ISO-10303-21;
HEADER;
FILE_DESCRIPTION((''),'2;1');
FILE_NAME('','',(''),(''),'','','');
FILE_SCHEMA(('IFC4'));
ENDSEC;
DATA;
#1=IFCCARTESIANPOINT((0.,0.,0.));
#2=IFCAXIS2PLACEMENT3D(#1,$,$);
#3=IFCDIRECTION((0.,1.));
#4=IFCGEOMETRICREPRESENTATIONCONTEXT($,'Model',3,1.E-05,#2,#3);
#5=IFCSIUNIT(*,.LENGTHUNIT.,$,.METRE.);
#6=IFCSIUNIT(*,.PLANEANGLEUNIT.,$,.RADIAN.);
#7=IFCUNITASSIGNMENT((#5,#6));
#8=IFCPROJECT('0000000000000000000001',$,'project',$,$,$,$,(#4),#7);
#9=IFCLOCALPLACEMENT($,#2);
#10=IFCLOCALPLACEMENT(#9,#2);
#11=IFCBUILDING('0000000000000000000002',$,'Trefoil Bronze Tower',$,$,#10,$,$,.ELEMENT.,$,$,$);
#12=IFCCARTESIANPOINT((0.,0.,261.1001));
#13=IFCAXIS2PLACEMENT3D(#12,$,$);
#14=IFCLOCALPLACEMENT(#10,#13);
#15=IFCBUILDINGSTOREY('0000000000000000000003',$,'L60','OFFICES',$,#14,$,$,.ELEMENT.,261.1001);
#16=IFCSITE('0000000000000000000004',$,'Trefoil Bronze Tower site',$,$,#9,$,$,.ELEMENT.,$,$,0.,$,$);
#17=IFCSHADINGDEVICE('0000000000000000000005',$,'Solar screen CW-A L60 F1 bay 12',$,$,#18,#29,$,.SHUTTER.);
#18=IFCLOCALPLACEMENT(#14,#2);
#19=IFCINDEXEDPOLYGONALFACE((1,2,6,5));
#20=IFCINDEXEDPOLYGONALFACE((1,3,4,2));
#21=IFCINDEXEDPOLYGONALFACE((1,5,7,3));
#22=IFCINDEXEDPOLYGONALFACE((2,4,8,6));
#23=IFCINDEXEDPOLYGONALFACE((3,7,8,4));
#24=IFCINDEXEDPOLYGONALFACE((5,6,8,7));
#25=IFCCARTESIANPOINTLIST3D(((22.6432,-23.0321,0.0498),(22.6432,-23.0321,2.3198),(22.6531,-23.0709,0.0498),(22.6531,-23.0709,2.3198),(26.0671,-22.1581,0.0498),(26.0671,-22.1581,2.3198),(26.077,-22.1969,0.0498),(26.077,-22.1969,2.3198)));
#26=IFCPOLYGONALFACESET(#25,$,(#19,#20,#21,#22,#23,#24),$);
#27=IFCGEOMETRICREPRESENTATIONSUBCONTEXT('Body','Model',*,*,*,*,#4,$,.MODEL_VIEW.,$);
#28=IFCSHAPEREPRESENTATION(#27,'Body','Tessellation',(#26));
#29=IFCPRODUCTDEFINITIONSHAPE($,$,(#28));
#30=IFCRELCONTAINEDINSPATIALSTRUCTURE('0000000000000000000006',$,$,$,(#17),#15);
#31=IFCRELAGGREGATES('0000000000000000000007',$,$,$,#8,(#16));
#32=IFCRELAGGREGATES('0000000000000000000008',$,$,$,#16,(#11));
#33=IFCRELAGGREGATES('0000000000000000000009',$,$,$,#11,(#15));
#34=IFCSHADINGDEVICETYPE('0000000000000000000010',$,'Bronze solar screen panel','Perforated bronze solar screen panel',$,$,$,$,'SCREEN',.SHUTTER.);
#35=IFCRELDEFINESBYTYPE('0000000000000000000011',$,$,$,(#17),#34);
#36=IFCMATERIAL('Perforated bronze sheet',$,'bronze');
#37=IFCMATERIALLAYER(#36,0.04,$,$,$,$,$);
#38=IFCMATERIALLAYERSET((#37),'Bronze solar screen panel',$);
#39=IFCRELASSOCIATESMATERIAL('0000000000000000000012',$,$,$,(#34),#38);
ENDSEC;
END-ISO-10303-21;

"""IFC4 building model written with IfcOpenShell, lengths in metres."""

from ifc_helpers import new_model, si_unit, direction, frame, origin, origin_2d, place, context, subcontext, project, spatial, rectangle, extrude, material, layer, layer_set, type_object, element, save


model = new_model("IFC4")

# Units and contexts
model_context = context("Model", 3, precision=1e-05, world=origin(), true_north=direction((0.0, 1.0)))
body_context = subcontext(model_context, "Body", "Model", "MODEL_VIEW")
ifc_project = project(units=[si_unit("LENGTHUNIT", "METRE"), si_unit("PLANEANGLEUNIT", "RADIAN")], contexts=[model_context])

# Site, building, storey
site_placement = place(None, origin())
site = spatial("IfcSite", under=ifc_project, at=site_placement, Name="Trefoil Bronze Tower site", CompositionType="ELEMENT", RefElevation=0.0)
building_placement = place(site_placement, origin())
building = spatial("IfcBuilding", under=site, at=building_placement, Name="Trefoil Bronze Tower", CompositionType="ELEMENT")
storey_placement = place(building_placement, frame((0.0, 0.0, 261.1001)))
storey = spatial("IfcBuildingStorey", under=building, at=storey_placement, Name="L60", Description="OFFICES", CompositionType="ELEMENT", Elevation=261.1001)

# Shading device
ifc_material_1 = material(Name="Perforated bronze sheet", Category="bronze")
ifc_layer_1 = layer(ifc_material_1, 0.04)
ifc_layer_set_1 = layer_set([ifc_layer_1], Name="Bronze solar screen panel")
shading_device_type = type_object("IfcShadingDeviceType", Name="Bronze solar screen panel", Description="Perforated bronze solar screen panel", ElementType="SCREEN", PredefinedType="SHUTTER", material=ifc_layer_set_1)
shading_device_1_placement = place(storey_placement, frame((24.3601, -22.6145, 0.0498), z_axis=(0.0, 0.0, 1.0), x_axis=(0.968934, 0.247319, 0.0)))
element("IfcShadingDevice", 1, at=shading_device_1_placement, inside=storey, type_object=shading_device_type, Name="Solar screen CW-A L60 F1 bay 12", PredefinedType="SHUTTER", context=body_context, shape_type="SweptSolid", body=[
    extrude(rectangle(XDim=3.5337, YDim=0.04, at=origin_2d()), origin(), (0.0, 0.0, 1.0), 2.27),
])

save(model, "model.ifc")
